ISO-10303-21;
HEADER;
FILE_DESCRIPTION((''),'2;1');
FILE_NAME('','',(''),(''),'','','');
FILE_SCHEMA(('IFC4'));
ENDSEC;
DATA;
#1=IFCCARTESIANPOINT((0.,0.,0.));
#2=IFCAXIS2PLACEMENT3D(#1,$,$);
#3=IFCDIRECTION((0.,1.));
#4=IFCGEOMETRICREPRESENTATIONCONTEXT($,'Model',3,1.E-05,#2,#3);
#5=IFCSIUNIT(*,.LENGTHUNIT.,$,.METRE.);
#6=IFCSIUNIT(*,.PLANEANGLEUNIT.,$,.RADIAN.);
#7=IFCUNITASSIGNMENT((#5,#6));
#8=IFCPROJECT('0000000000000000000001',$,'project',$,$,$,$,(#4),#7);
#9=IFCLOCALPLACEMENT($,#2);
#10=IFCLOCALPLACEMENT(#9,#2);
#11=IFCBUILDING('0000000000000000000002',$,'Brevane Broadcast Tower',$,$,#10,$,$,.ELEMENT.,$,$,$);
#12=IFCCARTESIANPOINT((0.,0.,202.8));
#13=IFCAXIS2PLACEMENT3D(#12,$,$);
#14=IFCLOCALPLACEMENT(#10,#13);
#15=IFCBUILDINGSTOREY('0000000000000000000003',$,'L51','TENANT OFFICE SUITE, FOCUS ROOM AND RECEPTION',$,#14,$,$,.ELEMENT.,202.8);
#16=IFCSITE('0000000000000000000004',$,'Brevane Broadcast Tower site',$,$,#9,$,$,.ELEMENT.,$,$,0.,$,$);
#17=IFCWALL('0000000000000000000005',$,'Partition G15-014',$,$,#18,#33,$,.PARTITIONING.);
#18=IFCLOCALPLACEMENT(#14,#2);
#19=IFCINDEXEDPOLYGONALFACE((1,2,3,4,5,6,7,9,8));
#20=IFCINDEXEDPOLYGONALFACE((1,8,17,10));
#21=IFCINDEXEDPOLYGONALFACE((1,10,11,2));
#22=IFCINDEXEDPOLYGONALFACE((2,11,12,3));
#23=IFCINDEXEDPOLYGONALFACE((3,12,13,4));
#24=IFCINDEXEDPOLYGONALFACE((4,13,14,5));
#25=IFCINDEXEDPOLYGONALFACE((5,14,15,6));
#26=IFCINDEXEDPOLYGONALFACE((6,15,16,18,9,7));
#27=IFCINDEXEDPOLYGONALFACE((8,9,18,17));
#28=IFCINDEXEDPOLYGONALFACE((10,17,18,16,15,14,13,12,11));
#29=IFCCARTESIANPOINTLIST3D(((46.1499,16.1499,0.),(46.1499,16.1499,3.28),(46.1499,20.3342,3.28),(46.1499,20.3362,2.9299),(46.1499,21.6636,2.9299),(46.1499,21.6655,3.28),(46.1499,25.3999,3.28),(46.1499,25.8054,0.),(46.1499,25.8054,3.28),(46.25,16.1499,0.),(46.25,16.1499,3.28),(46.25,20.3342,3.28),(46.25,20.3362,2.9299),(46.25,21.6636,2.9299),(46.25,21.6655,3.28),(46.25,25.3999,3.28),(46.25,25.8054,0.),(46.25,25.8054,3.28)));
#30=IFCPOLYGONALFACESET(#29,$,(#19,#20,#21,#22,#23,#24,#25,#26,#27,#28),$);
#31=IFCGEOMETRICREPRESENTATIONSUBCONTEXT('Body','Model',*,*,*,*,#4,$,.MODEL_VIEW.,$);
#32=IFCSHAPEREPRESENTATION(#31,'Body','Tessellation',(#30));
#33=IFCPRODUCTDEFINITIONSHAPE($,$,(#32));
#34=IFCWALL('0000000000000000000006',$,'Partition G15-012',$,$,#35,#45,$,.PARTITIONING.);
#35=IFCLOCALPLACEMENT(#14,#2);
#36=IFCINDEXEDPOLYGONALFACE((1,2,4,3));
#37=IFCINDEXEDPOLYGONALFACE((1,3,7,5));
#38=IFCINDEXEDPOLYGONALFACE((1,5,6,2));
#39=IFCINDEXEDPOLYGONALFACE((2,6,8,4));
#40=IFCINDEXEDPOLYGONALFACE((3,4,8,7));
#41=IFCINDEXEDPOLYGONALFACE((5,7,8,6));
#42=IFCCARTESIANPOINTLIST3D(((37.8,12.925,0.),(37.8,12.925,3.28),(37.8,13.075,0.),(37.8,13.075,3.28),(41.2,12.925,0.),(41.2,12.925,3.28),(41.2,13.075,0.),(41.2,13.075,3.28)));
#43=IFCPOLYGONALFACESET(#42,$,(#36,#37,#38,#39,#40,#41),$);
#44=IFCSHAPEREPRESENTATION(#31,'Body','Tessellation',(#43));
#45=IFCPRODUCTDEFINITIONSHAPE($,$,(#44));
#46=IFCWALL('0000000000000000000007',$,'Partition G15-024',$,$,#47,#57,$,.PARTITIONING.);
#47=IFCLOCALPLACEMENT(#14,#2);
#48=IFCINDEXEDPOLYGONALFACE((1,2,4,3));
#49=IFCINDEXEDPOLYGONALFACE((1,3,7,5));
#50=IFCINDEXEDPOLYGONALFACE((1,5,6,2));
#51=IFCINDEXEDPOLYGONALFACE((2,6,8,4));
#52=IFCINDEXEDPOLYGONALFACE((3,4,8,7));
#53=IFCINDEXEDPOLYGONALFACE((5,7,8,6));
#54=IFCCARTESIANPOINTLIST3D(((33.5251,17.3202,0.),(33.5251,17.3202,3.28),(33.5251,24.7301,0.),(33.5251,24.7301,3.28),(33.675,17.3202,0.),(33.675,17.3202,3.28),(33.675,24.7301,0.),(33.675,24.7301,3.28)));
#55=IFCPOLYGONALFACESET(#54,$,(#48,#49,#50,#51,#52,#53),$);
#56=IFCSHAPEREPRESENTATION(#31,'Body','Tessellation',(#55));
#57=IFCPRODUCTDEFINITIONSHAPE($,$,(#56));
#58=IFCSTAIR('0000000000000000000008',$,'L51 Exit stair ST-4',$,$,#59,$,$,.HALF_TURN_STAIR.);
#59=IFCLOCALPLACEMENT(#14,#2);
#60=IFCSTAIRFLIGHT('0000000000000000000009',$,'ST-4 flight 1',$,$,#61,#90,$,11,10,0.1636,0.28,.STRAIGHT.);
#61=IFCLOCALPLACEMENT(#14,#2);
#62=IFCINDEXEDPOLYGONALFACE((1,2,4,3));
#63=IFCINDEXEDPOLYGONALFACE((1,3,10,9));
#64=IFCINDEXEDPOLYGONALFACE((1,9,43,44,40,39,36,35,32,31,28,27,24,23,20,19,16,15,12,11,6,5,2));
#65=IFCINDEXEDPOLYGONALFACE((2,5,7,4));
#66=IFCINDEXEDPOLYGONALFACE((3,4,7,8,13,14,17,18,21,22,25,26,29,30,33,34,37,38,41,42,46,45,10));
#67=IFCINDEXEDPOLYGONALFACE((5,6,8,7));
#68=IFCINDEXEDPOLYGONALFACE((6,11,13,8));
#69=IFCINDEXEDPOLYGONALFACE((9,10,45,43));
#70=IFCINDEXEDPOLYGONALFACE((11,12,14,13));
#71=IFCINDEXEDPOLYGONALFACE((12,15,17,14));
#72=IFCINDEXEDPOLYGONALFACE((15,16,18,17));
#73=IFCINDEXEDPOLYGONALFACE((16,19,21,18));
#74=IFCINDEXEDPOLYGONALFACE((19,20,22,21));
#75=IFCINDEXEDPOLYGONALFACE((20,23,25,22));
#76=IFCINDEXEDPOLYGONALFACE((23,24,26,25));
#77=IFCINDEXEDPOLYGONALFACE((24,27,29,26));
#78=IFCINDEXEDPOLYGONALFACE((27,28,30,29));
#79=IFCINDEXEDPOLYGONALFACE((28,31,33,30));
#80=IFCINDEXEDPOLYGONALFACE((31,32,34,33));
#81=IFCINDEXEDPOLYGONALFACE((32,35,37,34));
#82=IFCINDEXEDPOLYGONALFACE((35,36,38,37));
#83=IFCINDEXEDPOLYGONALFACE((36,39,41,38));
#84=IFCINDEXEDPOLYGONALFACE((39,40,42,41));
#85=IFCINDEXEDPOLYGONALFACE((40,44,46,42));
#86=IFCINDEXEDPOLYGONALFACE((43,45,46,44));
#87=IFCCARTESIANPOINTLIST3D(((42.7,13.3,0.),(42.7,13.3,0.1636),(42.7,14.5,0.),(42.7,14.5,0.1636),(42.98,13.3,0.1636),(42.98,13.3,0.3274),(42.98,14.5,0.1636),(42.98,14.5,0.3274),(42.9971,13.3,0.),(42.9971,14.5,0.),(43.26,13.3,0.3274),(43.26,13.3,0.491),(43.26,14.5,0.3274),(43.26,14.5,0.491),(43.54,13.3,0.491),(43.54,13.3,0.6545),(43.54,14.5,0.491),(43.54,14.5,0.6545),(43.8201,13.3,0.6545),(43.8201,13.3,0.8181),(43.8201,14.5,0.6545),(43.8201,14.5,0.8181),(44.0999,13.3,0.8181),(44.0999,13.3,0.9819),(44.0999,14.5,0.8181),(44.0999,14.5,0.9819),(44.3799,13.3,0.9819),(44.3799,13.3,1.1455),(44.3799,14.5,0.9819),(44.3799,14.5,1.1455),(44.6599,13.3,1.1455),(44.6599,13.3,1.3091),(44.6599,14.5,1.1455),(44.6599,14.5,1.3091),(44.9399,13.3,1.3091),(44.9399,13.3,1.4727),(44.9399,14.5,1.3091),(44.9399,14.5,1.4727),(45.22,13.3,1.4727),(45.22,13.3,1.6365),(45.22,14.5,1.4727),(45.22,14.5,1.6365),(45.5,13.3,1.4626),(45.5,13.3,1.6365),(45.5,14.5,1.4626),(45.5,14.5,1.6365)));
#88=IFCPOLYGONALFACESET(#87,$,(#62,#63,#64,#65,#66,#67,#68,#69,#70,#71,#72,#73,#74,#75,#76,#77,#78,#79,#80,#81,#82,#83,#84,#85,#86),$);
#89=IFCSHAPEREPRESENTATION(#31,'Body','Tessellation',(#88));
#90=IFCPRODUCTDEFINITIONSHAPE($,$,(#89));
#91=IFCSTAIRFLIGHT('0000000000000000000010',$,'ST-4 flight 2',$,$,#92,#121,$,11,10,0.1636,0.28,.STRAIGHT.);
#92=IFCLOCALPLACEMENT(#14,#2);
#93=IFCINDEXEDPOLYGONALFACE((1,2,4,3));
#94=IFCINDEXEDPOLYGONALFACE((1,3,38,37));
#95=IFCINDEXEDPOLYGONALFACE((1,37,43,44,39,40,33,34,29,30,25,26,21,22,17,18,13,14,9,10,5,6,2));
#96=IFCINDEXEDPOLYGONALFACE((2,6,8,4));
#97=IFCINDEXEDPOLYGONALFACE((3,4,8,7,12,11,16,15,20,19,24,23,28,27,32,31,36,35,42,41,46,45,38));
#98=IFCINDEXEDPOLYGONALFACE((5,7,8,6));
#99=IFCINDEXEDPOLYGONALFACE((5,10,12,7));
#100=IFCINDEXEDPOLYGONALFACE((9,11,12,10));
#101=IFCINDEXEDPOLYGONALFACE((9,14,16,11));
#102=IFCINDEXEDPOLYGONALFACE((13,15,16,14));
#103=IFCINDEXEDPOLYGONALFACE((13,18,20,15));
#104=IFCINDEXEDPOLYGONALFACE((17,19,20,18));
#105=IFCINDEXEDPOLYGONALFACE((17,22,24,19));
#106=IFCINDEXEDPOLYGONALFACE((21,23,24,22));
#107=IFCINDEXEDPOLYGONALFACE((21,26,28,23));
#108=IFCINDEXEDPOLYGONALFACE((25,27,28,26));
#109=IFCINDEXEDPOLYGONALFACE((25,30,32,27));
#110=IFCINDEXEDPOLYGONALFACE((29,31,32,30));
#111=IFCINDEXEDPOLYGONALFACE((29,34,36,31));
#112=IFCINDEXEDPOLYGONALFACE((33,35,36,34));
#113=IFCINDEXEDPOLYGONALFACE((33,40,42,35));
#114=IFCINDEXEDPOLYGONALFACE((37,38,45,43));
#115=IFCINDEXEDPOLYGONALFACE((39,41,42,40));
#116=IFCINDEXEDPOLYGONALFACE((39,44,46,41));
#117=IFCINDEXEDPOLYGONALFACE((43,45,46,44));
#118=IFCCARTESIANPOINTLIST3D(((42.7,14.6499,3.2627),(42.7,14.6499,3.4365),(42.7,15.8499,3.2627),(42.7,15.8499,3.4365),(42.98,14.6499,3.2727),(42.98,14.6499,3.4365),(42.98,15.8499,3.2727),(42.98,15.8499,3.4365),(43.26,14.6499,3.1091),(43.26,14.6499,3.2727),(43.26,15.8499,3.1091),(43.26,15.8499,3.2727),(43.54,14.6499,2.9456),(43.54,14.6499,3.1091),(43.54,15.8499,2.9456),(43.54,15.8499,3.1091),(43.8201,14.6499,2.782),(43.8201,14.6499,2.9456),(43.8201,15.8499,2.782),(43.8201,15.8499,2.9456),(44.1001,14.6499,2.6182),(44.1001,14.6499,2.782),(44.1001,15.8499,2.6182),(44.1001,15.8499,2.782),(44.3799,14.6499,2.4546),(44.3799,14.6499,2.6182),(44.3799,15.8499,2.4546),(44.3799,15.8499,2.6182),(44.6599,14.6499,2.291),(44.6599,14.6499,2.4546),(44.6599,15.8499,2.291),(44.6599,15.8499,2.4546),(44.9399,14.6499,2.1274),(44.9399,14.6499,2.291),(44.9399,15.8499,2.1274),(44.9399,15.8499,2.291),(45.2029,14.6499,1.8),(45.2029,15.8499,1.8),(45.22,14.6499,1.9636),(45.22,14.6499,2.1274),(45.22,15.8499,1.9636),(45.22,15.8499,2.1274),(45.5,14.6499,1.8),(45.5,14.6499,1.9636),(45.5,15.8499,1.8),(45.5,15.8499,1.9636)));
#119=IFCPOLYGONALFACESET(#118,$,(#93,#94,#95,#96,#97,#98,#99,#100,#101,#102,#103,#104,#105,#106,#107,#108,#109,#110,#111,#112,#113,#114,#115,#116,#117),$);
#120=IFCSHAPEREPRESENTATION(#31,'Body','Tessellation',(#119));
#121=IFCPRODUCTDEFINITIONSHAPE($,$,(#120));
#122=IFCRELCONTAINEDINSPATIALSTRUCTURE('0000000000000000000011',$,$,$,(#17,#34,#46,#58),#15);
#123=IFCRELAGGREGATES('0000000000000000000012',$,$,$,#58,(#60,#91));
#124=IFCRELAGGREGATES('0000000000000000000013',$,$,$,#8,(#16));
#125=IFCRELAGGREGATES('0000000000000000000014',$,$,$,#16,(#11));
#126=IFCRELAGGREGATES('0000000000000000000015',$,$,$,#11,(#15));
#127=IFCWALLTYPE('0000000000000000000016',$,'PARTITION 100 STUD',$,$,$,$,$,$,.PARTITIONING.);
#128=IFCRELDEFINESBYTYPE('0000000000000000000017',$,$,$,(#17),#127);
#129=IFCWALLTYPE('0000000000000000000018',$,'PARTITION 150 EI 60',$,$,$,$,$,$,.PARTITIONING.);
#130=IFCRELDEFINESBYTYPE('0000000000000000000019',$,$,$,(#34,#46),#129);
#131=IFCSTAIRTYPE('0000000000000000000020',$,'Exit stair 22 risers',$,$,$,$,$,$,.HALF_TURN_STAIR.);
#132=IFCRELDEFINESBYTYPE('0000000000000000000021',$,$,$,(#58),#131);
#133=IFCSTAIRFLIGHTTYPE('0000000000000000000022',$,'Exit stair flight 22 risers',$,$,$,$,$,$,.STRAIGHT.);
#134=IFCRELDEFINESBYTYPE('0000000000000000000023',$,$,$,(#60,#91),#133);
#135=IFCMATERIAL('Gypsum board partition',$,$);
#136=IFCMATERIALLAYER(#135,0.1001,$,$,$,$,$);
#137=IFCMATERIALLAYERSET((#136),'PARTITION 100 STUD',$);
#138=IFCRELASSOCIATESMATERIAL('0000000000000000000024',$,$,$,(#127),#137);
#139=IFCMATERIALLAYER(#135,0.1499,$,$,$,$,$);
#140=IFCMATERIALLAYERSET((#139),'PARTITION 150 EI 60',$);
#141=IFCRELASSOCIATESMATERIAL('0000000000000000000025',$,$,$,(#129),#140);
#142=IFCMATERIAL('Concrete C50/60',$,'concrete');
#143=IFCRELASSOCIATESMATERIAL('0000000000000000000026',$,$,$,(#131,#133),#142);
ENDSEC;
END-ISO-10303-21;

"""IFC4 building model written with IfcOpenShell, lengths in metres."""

from ifc_helpers import new_model, si_unit, direction, frame, frame_2d, origin, place, context, subcontext, project, spatial, polyline, rectangle, outline, extrude, material, layer, layer_set, type_object, element, aggregate, save


model = new_model("IFC4")

# Units and contexts
model_context = context("Model", 3, precision=1e-05, world=origin(), true_north=direction((0.0, 1.0)))
body_context = subcontext(model_context, "Body", "Model", "MODEL_VIEW")
ifc_project = project(units=[si_unit("LENGTHUNIT", "METRE"), si_unit("PLANEANGLEUNIT", "RADIAN")], contexts=[model_context])

# Site, building, storey
site_placement = place(None, origin())
site = spatial("IfcSite", under=ifc_project, at=site_placement, Name="Brevane Broadcast Tower site", CompositionType="ELEMENT", RefElevation=0.0)
building_placement = place(site_placement, origin())
building = spatial("IfcBuilding", under=site, at=building_placement, Name="Brevane Broadcast Tower", CompositionType="ELEMENT")
storey_placement = place(building_placement, frame((0.0, 0.0, 202.8)))
storey = spatial("IfcBuildingStorey", under=building, at=storey_placement, Name="L51", Description="TENANT OFFICE SUITE, FOCUS ROOM AND RECEPTION", CompositionType="ELEMENT", Elevation=202.8)

# Wall
ifc_material_1 = material(Name="Gypsum board partition")
ifc_layer_1 = layer(ifc_material_1, 0.1001)
ifc_layer_set_1 = layer_set([ifc_layer_1], Name="PARTITION 100 STUD")
wall_type_1 = type_object("IfcWallType", Name="PARTITION 100 STUD", PredefinedType="PARTITIONING", material=ifc_layer_set_1)
wall_1_placement = place(storey_placement, frame((46.2, 16.1499, 0.0), z_axis=(0.0, 0.0, 1.0), x_axis=(0.0, 1.0, 0.0)))
element("IfcWall", 1, at=wall_1_placement, inside=storey, type_object=wall_type_1, Name="Partition G15-014", PredefinedType="PARTITIONING", context=body_context, shape_type="SweptSolid", body=[
    extrude(outline(polyline([(0.0, 0.0), (9.6555, 0.0), (9.6555, 3.28), (9.25, 3.28), (5.5156, 3.28), (5.5137, 2.9299), (4.1863, 2.9299), (4.1843, 3.28), (0.0, 3.28), (0.0, 0.0)])), frame((0.0, 0.05, 0.0), z_axis=(0.0, -1.0, 0.0), x_axis=(1.0, 0.0, 0.0)), (0.0, 0.0, 1.0), 0.1001),
])

# Shared definitions
ifc_layer_2 = layer(ifc_material_1, 0.1499)
ifc_layer_set_2 = layer_set([ifc_layer_2], Name="PARTITION 150 EI 60")
wall_type_2 = type_object("IfcWallType", Name="PARTITION 150 EI 60", PredefinedType="PARTITIONING", material=ifc_layer_set_2)

# Walls
wall_2_placement = place(storey_placement, frame((37.8, 13.0, 0.0), z_axis=(0.0, 0.0, 1.0), x_axis=(1.0, 0.0, 0.0)))
element("IfcWall", 2, at=wall_2_placement, inside=storey, type_object=wall_type_2, Name="Partition G15-012", PredefinedType="PARTITIONING", context=body_context, shape_type="SweptSolid", body=[
    extrude(rectangle(XDim=3.3999, YDim=0.1499, at=frame_2d((1.7, 0.0))), origin(), (0.0, 0.0, 1.0), 3.28),
])
wall_3_placement = place(storey_placement, frame((33.6001, 17.3201, 0.0), z_axis=(0.0, 0.0, 1.0), x_axis=(0.0, 1.0, 0.0)))
element("IfcWall", 3, at=wall_3_placement, inside=storey, type_object=wall_type_2, Name="Partition G15-024", PredefinedType="PARTITIONING", context=body_context, shape_type="SweptSolid", body=[
    extrude(rectangle(XDim=7.4099, YDim=0.1499, at=frame_2d((3.7051, 0.0))), origin(), (0.0, 0.0, 1.0), 3.28),
])

# Stair, stair flights
ifc_material_2 = material(Name="Concrete C50/60", Category="concrete")
stair_type = type_object("IfcStairType", Name="Exit stair 22 risers", PredefinedType="HALF_TURN_STAIR", material=ifc_material_2)
stair_placement = place(storey_placement, origin())
stair = element("IfcStair", 4, at=stair_placement, inside=storey, type_object=stair_type, Name="L51 Exit stair ST-4", PredefinedType="HALF_TURN_STAIR")
stair_flight_type = type_object("IfcStairFlightType", Name="Exit stair flight 22 risers", PredefinedType="STRAIGHT", material=ifc_material_2)
stair_flight_1_placement = place(storey_placement, frame((42.7, 13.8999, 0.0), z_axis=(0.0, 0.0, 1.0), x_axis=(1.0, 0.0, 0.0)))
stair_flight_1 = element("IfcStairFlight", 5, at=stair_flight_1_placement, type_object=stair_flight_type, Name="ST-4 flight 1", NumberOfRisers=11, NumberOfTreads=10, PredefinedType="STRAIGHT", RiserHeight=0.1636, TreadLength=0.28, context=body_context, shape_type="SweptSolid", body=[
    extrude(outline(polyline([(0.0, 0.0), (0.0, 0.1636), (0.28, 0.1636), (0.28, 0.3274), (0.5601, 0.3274), (0.5601, 0.491), (0.8401, 0.491), (0.8401, 0.6545), (1.1201, 0.6545), (1.1201, 0.8181), (1.3999, 0.8181), (1.3999, 0.9819), (1.6799, 0.9819), (1.6799, 1.1455), (1.96, 1.1455), (1.96, 1.3091), (2.24, 1.3091), (2.24, 1.4727), (2.52, 1.4727), (2.52, 1.6365), (2.8, 1.6365), (2.8, 1.8), (2.8, 1.4626), (0.2971, 0.0), (0.0, 0.0)])), frame((0.0, 0.6001, 0.0), z_axis=(0.0, -1.0, 0.0), x_axis=(1.0, 0.0, 0.0)), (0.0, 0.0, 1.0), 1.2),
])
stair_flight_2_placement = place(storey_placement, frame((45.5, 15.25, 1.8), z_axis=(0.0, 0.0, 1.0), x_axis=(-1.0, 0.0, 0.0)))
stair_flight_2 = element("IfcStairFlight", 6, at=stair_flight_2_placement, type_object=stair_flight_type, Name="ST-4 flight 2", NumberOfRisers=11, NumberOfTreads=10, PredefinedType="STRAIGHT", RiserHeight=0.1636, TreadLength=0.28, context=body_context, shape_type="SweptSolid", body=[
    extrude(outline(polyline([(0.0, 0.0), (0.0, 0.1636), (0.28, 0.1636), (0.28, 0.3274), (0.5601, 0.3274), (0.5601, 0.491), (0.8401, 0.491), (0.8401, 0.6545), (1.1201, 0.6545), (1.1201, 0.8181), (1.3999, 0.8181), (1.3999, 0.9819), (1.6799, 0.9819), (1.6799, 1.1455), (1.96, 1.1455), (1.96, 1.3091), (2.24, 1.3091), (2.24, 1.4727), (2.52, 1.4727), (2.52, 1.6365), (2.8, 1.6365), (2.8, 1.8), (2.8, 1.4626), (0.2971, 0.0), (0.0, 0.0)])), frame((0.0, 0.6001, 0.0), z_axis=(0.0, -1.0, 0.0), x_axis=(1.0, 0.0, 0.0)), (0.0, 0.0, 1.0), 1.2),
])
aggregate(stair, [stair_flight_1, stair_flight_2])

save(model, "model.ifc")
